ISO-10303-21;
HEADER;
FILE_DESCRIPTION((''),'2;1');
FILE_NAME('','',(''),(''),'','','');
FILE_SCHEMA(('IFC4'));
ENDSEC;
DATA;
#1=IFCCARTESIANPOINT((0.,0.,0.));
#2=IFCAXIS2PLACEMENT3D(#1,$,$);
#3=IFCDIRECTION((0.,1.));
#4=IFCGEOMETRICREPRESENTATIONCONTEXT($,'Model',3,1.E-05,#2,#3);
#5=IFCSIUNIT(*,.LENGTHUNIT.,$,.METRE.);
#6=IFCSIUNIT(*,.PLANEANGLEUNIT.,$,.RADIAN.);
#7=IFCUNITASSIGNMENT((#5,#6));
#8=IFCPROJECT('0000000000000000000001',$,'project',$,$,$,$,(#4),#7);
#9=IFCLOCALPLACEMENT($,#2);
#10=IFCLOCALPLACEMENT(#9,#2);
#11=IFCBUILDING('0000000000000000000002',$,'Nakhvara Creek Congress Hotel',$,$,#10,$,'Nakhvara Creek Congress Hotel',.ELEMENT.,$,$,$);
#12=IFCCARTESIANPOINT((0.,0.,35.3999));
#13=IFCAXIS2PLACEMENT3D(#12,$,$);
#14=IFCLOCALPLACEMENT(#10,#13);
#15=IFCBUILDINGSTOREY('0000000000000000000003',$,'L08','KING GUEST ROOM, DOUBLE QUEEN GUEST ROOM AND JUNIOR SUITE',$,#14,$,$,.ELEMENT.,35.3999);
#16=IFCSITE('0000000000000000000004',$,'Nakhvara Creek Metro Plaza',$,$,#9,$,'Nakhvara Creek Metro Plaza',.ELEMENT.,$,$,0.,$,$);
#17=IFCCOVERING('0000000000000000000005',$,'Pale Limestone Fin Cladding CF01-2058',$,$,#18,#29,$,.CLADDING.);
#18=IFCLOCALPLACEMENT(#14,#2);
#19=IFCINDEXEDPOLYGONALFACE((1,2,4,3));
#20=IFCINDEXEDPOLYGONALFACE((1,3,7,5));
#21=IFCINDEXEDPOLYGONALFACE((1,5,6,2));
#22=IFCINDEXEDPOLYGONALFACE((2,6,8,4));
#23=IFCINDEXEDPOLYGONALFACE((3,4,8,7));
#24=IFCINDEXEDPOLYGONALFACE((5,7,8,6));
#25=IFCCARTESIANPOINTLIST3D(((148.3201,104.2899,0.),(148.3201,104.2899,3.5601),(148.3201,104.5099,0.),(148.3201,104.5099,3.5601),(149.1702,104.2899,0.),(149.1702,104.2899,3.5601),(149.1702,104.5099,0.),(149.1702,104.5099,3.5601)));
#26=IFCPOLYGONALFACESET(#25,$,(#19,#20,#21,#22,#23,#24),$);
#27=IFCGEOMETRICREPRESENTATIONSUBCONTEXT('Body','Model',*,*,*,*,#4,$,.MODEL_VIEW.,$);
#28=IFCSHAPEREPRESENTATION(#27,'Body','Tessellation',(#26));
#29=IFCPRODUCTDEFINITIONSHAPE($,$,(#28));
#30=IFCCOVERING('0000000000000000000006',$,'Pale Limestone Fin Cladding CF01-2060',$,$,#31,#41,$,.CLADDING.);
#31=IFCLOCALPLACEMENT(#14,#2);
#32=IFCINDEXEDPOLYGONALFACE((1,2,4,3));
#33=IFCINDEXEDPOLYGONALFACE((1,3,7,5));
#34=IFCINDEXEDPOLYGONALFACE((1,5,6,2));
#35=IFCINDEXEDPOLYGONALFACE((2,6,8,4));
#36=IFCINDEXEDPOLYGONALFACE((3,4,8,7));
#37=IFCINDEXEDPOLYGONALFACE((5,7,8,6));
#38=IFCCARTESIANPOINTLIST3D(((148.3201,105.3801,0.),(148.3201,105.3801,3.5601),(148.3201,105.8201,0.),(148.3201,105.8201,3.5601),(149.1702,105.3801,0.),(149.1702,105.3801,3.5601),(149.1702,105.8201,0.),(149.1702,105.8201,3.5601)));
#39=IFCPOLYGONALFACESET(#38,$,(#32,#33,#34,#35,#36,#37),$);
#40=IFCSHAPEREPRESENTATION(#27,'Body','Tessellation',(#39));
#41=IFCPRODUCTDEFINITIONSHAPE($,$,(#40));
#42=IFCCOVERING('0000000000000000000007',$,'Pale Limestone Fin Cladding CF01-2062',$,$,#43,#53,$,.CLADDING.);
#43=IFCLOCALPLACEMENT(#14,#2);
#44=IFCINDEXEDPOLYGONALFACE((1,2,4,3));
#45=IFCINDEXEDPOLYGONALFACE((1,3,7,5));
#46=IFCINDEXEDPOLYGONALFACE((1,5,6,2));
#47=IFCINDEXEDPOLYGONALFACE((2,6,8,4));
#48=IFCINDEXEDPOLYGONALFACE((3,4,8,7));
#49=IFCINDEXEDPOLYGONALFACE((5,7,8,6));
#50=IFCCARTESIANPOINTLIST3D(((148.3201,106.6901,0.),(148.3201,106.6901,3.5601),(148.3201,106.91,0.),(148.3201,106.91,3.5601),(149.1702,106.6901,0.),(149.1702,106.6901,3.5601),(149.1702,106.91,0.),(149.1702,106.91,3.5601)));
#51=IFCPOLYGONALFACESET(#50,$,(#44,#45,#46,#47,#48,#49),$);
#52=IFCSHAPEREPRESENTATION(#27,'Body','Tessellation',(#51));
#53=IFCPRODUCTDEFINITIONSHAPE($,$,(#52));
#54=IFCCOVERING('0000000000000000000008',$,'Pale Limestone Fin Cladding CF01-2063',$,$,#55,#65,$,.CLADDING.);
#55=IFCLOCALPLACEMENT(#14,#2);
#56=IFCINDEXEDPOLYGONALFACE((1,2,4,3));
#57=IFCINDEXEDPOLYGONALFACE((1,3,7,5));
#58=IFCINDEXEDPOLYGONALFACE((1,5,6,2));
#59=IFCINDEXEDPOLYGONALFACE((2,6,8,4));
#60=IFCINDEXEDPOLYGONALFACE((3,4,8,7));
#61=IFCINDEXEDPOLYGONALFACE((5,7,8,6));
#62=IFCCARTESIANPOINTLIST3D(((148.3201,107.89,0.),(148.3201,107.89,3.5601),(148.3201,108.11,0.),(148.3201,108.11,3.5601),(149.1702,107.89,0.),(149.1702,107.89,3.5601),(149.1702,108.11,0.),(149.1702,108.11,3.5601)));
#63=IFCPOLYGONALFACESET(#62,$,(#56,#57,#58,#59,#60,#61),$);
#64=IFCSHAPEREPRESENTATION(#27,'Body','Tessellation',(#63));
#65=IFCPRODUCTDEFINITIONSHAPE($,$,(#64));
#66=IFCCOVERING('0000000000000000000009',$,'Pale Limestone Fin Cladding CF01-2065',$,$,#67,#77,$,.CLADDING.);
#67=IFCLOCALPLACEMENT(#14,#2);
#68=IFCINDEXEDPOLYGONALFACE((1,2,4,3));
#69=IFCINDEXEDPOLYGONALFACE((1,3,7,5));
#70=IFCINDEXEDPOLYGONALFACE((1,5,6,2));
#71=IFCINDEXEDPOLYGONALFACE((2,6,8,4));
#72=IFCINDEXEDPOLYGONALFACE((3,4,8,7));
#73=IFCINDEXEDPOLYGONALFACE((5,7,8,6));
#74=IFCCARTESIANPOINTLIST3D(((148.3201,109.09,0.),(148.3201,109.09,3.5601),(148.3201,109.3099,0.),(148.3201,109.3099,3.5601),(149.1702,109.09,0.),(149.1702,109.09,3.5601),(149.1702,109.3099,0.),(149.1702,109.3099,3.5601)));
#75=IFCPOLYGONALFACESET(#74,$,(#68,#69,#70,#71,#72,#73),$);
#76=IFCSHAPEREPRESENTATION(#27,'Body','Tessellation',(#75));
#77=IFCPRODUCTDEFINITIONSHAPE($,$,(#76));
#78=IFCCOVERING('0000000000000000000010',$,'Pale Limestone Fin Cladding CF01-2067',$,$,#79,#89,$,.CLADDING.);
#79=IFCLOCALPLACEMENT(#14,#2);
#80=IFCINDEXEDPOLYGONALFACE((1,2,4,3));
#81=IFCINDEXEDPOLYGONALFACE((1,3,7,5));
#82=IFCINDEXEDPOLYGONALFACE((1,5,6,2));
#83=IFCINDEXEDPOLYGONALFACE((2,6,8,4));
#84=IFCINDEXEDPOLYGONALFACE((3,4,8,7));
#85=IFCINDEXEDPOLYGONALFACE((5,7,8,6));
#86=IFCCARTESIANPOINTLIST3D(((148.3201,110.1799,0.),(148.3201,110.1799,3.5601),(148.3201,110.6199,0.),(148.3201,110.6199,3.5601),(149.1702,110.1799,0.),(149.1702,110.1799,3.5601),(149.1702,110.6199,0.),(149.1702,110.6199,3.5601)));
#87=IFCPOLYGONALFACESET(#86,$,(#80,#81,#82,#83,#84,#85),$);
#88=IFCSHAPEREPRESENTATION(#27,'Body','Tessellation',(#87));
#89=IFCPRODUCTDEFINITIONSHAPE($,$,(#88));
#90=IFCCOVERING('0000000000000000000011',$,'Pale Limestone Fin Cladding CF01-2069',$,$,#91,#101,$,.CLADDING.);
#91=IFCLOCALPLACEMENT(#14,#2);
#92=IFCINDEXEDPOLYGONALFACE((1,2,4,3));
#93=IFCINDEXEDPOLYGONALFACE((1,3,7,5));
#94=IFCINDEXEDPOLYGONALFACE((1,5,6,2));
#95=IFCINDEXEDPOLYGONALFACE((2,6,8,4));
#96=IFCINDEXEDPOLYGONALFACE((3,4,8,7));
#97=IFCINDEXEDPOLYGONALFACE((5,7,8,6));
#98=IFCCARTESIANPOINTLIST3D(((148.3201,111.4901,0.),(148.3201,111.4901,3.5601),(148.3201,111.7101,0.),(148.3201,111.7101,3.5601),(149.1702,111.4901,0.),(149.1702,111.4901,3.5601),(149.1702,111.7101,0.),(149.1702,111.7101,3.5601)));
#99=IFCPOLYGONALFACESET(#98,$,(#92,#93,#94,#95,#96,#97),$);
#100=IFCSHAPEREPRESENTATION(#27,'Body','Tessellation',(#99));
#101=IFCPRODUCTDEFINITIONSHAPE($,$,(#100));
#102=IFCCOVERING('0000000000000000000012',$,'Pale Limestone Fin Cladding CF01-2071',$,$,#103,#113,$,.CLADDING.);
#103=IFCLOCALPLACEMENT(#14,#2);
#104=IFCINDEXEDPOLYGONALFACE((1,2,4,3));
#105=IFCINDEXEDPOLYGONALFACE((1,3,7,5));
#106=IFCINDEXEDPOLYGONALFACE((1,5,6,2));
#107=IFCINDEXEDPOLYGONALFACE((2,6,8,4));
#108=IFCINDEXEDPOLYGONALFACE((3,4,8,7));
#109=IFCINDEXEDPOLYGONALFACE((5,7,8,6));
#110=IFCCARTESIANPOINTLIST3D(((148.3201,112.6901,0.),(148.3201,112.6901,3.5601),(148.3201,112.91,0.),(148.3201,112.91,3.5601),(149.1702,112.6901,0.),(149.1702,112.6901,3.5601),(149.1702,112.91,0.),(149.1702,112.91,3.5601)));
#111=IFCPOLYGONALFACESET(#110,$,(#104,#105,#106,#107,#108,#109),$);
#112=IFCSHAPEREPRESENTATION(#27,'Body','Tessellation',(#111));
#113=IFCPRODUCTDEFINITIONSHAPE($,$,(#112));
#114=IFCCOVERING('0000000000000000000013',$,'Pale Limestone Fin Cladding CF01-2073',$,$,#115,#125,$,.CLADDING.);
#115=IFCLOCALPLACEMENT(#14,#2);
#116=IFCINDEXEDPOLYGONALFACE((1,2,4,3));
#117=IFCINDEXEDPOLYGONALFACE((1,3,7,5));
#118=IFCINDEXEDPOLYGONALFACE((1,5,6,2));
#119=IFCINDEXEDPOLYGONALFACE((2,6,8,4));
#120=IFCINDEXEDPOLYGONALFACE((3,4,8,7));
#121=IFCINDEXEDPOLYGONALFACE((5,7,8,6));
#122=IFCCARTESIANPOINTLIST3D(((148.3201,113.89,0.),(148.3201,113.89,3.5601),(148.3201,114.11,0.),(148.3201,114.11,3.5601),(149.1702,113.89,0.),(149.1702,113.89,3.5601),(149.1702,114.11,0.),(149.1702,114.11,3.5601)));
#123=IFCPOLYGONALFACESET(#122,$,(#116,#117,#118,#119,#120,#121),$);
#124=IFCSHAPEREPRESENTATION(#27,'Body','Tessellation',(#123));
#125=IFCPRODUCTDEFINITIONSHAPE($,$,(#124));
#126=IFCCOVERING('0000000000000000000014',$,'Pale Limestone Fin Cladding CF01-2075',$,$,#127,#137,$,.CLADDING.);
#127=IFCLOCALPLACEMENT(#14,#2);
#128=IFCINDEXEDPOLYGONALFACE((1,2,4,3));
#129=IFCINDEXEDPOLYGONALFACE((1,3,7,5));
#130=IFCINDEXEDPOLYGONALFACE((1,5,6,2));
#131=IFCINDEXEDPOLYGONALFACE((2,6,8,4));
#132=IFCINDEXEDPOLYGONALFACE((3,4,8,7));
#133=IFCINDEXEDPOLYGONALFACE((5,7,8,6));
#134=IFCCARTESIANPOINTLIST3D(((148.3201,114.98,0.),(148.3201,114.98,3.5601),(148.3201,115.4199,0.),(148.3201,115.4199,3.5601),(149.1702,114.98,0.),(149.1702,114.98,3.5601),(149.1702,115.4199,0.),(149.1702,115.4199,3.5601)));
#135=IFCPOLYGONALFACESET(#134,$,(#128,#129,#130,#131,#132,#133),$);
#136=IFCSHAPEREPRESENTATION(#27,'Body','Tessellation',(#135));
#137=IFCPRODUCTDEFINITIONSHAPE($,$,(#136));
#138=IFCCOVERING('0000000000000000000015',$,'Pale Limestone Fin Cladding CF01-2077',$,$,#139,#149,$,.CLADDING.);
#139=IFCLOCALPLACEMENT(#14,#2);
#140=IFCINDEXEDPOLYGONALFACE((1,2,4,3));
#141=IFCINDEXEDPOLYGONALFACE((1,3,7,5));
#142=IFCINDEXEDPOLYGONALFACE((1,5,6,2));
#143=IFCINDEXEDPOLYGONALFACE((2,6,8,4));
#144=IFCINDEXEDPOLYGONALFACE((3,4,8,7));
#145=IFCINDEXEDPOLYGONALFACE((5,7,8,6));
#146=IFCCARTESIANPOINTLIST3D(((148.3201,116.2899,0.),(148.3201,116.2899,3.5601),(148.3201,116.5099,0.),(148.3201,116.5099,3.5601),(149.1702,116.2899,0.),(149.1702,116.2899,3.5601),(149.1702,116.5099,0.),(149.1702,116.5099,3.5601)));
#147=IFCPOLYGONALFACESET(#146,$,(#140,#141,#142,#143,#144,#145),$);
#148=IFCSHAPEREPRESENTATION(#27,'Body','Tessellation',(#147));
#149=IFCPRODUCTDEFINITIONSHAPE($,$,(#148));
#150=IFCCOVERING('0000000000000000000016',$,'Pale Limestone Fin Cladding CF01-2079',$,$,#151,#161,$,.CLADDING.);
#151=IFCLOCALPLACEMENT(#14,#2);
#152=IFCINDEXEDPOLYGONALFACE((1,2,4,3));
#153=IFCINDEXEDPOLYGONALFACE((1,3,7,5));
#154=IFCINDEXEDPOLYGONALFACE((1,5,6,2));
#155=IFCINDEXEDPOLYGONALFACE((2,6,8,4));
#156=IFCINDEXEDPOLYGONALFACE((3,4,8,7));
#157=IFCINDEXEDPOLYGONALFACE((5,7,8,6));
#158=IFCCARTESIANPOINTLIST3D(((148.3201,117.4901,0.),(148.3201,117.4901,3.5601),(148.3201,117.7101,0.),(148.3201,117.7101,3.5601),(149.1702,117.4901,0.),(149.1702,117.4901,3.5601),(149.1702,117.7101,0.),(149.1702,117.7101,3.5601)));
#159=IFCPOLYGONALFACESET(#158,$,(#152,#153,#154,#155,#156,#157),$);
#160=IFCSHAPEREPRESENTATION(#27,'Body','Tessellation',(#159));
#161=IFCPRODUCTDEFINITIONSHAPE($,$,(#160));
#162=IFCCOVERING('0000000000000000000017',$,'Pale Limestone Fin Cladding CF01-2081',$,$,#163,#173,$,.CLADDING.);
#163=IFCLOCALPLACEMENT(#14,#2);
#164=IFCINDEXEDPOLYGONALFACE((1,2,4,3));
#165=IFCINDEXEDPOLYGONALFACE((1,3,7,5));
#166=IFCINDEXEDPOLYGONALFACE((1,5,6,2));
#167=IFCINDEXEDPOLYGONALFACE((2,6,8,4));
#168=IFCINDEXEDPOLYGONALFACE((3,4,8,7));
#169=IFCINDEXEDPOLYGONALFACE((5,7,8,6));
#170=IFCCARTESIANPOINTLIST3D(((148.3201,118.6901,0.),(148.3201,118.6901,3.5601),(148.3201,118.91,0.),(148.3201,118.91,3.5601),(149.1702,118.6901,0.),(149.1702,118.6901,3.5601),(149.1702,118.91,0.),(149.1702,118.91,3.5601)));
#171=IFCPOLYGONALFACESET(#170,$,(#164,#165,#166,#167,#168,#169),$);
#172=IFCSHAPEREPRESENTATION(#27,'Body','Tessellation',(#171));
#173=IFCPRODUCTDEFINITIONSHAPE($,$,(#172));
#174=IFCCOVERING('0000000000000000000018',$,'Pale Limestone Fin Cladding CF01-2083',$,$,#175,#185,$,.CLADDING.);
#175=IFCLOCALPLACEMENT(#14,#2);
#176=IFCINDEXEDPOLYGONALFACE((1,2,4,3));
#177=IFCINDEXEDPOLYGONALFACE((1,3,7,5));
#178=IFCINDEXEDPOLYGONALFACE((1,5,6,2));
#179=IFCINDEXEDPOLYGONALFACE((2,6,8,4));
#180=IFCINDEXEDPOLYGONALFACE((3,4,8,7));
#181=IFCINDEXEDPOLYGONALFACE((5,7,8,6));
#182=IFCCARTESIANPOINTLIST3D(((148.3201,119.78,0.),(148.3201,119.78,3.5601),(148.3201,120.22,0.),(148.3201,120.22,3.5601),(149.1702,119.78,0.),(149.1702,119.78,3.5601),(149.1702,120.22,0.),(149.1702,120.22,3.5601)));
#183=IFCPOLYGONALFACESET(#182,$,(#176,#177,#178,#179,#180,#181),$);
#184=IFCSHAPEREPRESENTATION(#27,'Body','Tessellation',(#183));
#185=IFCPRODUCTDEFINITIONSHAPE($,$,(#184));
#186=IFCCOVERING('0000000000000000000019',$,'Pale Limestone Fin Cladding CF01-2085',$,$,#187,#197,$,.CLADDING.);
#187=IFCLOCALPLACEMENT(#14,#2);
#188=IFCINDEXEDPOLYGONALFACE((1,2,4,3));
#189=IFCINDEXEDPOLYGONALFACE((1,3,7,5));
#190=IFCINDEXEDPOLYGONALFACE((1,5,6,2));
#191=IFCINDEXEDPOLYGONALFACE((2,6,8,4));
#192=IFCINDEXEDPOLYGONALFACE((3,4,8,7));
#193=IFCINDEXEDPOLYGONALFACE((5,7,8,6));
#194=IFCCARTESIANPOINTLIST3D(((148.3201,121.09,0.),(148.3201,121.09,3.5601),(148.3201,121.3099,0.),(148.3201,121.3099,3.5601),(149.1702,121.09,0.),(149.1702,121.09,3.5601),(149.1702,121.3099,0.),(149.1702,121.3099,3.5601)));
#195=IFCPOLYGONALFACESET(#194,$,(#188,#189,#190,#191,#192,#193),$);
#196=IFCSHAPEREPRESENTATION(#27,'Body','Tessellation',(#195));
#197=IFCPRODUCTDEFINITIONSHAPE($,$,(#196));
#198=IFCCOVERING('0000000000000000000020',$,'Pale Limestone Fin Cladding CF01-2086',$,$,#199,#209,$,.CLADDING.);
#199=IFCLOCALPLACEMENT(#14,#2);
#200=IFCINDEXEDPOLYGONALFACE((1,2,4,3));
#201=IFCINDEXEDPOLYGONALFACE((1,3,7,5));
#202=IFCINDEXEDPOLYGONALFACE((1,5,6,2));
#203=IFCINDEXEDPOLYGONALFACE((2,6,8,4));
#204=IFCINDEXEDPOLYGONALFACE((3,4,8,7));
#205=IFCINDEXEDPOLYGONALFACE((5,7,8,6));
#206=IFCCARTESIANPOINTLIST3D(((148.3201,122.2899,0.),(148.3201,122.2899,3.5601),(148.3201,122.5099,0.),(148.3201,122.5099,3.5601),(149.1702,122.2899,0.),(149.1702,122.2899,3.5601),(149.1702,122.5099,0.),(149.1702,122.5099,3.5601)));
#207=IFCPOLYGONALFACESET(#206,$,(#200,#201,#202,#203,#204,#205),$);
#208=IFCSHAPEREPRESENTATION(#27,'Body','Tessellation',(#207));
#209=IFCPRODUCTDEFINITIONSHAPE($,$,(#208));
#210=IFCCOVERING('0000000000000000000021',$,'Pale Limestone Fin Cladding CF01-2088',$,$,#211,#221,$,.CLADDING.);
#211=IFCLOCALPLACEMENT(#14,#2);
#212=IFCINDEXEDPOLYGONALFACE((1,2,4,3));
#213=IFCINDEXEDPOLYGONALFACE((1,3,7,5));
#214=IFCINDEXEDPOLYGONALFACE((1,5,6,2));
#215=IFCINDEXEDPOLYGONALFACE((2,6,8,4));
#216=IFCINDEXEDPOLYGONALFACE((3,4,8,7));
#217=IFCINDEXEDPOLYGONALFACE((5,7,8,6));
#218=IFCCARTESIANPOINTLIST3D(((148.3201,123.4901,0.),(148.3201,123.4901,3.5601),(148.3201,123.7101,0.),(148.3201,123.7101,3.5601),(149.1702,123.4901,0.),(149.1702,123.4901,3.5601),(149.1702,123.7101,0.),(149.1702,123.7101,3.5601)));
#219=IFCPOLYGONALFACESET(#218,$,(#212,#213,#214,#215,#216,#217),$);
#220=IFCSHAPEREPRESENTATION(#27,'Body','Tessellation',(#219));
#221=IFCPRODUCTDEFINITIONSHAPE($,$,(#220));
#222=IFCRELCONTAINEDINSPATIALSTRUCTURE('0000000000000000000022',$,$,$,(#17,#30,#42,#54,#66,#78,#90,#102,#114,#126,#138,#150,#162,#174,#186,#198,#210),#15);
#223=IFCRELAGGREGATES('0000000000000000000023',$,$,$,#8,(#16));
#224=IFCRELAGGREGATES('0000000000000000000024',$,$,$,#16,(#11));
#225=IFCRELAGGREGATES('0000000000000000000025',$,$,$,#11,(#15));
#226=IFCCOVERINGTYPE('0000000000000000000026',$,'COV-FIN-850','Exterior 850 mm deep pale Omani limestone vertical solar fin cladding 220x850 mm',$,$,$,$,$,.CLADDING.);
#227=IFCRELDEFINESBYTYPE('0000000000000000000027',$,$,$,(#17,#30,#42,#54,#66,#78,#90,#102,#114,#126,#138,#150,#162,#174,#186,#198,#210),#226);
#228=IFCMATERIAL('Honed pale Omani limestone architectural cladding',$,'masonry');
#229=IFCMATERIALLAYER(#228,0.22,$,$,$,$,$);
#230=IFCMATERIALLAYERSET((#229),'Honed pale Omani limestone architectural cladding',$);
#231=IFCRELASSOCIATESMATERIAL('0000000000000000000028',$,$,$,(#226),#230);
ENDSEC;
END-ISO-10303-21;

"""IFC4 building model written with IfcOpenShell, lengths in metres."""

from ifc_helpers import new_model, si_unit, direction, frame, origin, origin_2d, place, context, subcontext, project, spatial, rectangle, extrude, material, layer, layer_set, type_object, element, save


model = new_model("IFC4")

# Units and contexts
model_context = context("Model", 3, precision=1e-05, world=origin(), true_north=direction((0.0, 1.0)))
body_context = subcontext(model_context, "Body", "Model", "MODEL_VIEW")
ifc_project = project(units=[si_unit("LENGTHUNIT", "METRE"), si_unit("PLANEANGLEUNIT", "RADIAN")], contexts=[model_context])

# Site, building, storey
site_placement = place(None, origin())
site = spatial("IfcSite", under=ifc_project, at=site_placement, Name="Nakhvara Creek Metro Plaza", LongName="Nakhvara Creek Metro Plaza", CompositionType="ELEMENT", RefElevation=0.0)
building_placement = place(site_placement, origin())
building = spatial("IfcBuilding", under=site, at=building_placement, Name="Nakhvara Creek Congress Hotel", LongName="Nakhvara Creek Congress Hotel", CompositionType="ELEMENT")
storey_placement = place(building_placement, frame((0.0, 0.0, 35.3999)))
storey = spatial("IfcBuildingStorey", under=building, at=storey_placement, Name="L08", Description="KING GUEST ROOM, DOUBLE QUEEN GUEST ROOM AND JUNIOR SUITE", CompositionType="ELEMENT", Elevation=35.3999)

# Coverings
ifc_material_1 = material(Name="Honed pale Omani limestone architectural cladding", Category="masonry")
ifc_layer = layer(ifc_material_1, 0.22)
ifc_layer_set = layer_set([ifc_layer], Name="Honed pale Omani limestone architectural cladding")
covering_type = type_object("IfcCoveringType", Name="COV-FIN-850", Description="Exterior 850 mm deep pale Omani limestone vertical solar fin cladding 220x850 mm", PredefinedType="CLADDING", material=ifc_layer_set)
covering_1_placement = place(storey_placement, frame((148.7451, 104.3999, 0.0), z_axis=(0.0, 0.0, 1.0), x_axis=(0.0, 1.0, 0.0)))
element("IfcCovering", 1, at=covering_1_placement, inside=storey, type_object=covering_type, Name="Pale Limestone Fin Cladding CF01-2058", PredefinedType="CLADDING", context=body_context, shape_type="SweptSolid", body=[
    extrude(rectangle(XDim=0.22, YDim=0.8501, at=origin_2d()), origin(), (0.0, 0.0, 1.0), 3.5601),
])
covering_2_placement = place(storey_placement, frame((148.7451, 105.6001, 0.0), z_axis=(0.0, 0.0, 1.0), x_axis=(0.0, 1.0, 0.0)))
element("IfcCovering", 2, at=covering_2_placement, inside=storey, type_object=covering_type, Name="Pale Limestone Fin Cladding CF01-2060", PredefinedType="CLADDING", context=body_context, shape_type="SweptSolid", body=[
    extrude(rectangle(XDim=0.4399, YDim=0.8501, at=origin_2d()), origin(), (0.0, 0.0, 1.0), 3.5601),
])
for number, where, z_axis, x_axis, name in (
    (3, (148.7451, 106.8, 0.0), (0.0, 0.0, 1.0), (0.0, 1.0, 0.0), "Pale Limestone Fin Cladding CF01-2062"),
    (4, (148.7451, 108.0, 0.0), (0.0, 0.0, 1.0), (0.0, 1.0, 0.0), "Pale Limestone Fin Cladding CF01-2063"),
    (5, (148.7451, 109.2, 0.0), (0.0, 0.0, 1.0), (0.0, 1.0, 0.0), "Pale Limestone Fin Cladding CF01-2065"),
):
    element("IfcCovering", number, at=place(storey_placement, frame(where, z_axis=z_axis, x_axis=x_axis)), inside=storey, type_object=covering_type, Name=name, PredefinedType="CLADDING", context=body_context, shape_type="SweptSolid", body=[
        extrude(rectangle(XDim=0.22, YDim=0.8501, at=origin_2d()), origin(), (0.0, 0.0, 1.0), 3.5601),
    ])
covering_3_placement = place(storey_placement, frame((148.7451, 110.3999, 0.0), z_axis=(0.0, 0.0, 1.0), x_axis=(0.0, 1.0, 0.0)))
element("IfcCovering", 6, at=covering_3_placement, inside=storey, type_object=covering_type, Name="Pale Limestone Fin Cladding CF01-2067", PredefinedType="CLADDING", context=body_context, shape_type="SweptSolid", body=[
    extrude(rectangle(XDim=0.4399, YDim=0.8501, at=origin_2d()), origin(), (0.0, 0.0, 1.0), 3.5601),
])
for number, where, z_axis, x_axis, name in (
    (7, (148.7451, 111.6001, 0.0), (0.0, 0.0, 1.0), (0.0, 1.0, 0.0), "Pale Limestone Fin Cladding CF01-2069"),
    (8, (148.7451, 112.8, 0.0), (0.0, 0.0, 1.0), (0.0, 1.0, 0.0), "Pale Limestone Fin Cladding CF01-2071"),
    (9, (148.7451, 114.0, 0.0), (0.0, 0.0, 1.0), (0.0, 1.0, 0.0), "Pale Limestone Fin Cladding CF01-2073"),
):
    element("IfcCovering", number, at=place(storey_placement, frame(where, z_axis=z_axis, x_axis=x_axis)), inside=storey, type_object=covering_type, Name=name, PredefinedType="CLADDING", context=body_context, shape_type="SweptSolid", body=[
        extrude(rectangle(XDim=0.22, YDim=0.8501, at=origin_2d()), origin(), (0.0, 0.0, 1.0), 3.5601),
    ])
covering_4_placement = place(storey_placement, frame((148.7451, 115.2, 0.0), z_axis=(0.0, 0.0, 1.0), x_axis=(0.0, 1.0, 0.0)))
element("IfcCovering", 10, at=covering_4_placement, inside=storey, type_object=covering_type, Name="Pale Limestone Fin Cladding CF01-2075", PredefinedType="CLADDING", context=body_context, shape_type="SweptSolid", body=[
    extrude(rectangle(XDim=0.4399, YDim=0.8501, at=origin_2d()), origin(), (0.0, 0.0, 1.0), 3.5601),
])
for number, where, z_axis, x_axis, name in (
    (11, (148.7451, 116.3999, 0.0), (0.0, 0.0, 1.0), (0.0, 1.0, 0.0), "Pale Limestone Fin Cladding CF01-2077"),
    (12, (148.7451, 117.6001, 0.0), (0.0, 0.0, 1.0), (0.0, 1.0, 0.0), "Pale Limestone Fin Cladding CF01-2079"),
    (13, (148.7451, 118.8, 0.0), (0.0, 0.0, 1.0), (0.0, 1.0, 0.0), "Pale Limestone Fin Cladding CF01-2081"),
):
    element("IfcCovering", number, at=place(storey_placement, frame(where, z_axis=z_axis, x_axis=x_axis)), inside=storey, type_object=covering_type, Name=name, PredefinedType="CLADDING", context=body_context, shape_type="SweptSolid", body=[
        extrude(rectangle(XDim=0.22, YDim=0.8501, at=origin_2d()), origin(), (0.0, 0.0, 1.0), 3.5601),
    ])
covering_5_placement = place(storey_placement, frame((148.7451, 120.0, 0.0), z_axis=(0.0, 0.0, 1.0), x_axis=(0.0, 1.0, 0.0)))
element("IfcCovering", 14, at=covering_5_placement, inside=storey, type_object=covering_type, Name="Pale Limestone Fin Cladding CF01-2083", PredefinedType="CLADDING", context=body_context, shape_type="SweptSolid", body=[
    extrude(rectangle(XDim=0.4399, YDim=0.8501, at=origin_2d()), origin(), (0.0, 0.0, 1.0), 3.5601),
])
for number, where, z_axis, x_axis, name in (
    (15, (148.7451, 121.2, 0.0), (0.0, 0.0, 1.0), (0.0, 1.0, 0.0), "Pale Limestone Fin Cladding CF01-2085"),
    (16, (148.7451, 122.3999, 0.0), (0.0, 0.0, 1.0), (0.0, 1.0, 0.0), "Pale Limestone Fin Cladding CF01-2086"),
    (17, (148.7451, 123.6001, 0.0), (0.0, 0.0, 1.0), (0.0, 1.0, 0.0), "Pale Limestone Fin Cladding CF01-2088"),
):
    element("IfcCovering", number, at=place(storey_placement, frame(where, z_axis=z_axis, x_axis=x_axis)), inside=storey, type_object=covering_type, Name=name, PredefinedType="CLADDING", context=body_context, shape_type="SweptSolid", body=[
        extrude(rectangle(XDim=0.22, YDim=0.8501, at=origin_2d()), origin(), (0.0, 0.0, 1.0), 3.5601),
    ])

save(model, "model.ifc")
